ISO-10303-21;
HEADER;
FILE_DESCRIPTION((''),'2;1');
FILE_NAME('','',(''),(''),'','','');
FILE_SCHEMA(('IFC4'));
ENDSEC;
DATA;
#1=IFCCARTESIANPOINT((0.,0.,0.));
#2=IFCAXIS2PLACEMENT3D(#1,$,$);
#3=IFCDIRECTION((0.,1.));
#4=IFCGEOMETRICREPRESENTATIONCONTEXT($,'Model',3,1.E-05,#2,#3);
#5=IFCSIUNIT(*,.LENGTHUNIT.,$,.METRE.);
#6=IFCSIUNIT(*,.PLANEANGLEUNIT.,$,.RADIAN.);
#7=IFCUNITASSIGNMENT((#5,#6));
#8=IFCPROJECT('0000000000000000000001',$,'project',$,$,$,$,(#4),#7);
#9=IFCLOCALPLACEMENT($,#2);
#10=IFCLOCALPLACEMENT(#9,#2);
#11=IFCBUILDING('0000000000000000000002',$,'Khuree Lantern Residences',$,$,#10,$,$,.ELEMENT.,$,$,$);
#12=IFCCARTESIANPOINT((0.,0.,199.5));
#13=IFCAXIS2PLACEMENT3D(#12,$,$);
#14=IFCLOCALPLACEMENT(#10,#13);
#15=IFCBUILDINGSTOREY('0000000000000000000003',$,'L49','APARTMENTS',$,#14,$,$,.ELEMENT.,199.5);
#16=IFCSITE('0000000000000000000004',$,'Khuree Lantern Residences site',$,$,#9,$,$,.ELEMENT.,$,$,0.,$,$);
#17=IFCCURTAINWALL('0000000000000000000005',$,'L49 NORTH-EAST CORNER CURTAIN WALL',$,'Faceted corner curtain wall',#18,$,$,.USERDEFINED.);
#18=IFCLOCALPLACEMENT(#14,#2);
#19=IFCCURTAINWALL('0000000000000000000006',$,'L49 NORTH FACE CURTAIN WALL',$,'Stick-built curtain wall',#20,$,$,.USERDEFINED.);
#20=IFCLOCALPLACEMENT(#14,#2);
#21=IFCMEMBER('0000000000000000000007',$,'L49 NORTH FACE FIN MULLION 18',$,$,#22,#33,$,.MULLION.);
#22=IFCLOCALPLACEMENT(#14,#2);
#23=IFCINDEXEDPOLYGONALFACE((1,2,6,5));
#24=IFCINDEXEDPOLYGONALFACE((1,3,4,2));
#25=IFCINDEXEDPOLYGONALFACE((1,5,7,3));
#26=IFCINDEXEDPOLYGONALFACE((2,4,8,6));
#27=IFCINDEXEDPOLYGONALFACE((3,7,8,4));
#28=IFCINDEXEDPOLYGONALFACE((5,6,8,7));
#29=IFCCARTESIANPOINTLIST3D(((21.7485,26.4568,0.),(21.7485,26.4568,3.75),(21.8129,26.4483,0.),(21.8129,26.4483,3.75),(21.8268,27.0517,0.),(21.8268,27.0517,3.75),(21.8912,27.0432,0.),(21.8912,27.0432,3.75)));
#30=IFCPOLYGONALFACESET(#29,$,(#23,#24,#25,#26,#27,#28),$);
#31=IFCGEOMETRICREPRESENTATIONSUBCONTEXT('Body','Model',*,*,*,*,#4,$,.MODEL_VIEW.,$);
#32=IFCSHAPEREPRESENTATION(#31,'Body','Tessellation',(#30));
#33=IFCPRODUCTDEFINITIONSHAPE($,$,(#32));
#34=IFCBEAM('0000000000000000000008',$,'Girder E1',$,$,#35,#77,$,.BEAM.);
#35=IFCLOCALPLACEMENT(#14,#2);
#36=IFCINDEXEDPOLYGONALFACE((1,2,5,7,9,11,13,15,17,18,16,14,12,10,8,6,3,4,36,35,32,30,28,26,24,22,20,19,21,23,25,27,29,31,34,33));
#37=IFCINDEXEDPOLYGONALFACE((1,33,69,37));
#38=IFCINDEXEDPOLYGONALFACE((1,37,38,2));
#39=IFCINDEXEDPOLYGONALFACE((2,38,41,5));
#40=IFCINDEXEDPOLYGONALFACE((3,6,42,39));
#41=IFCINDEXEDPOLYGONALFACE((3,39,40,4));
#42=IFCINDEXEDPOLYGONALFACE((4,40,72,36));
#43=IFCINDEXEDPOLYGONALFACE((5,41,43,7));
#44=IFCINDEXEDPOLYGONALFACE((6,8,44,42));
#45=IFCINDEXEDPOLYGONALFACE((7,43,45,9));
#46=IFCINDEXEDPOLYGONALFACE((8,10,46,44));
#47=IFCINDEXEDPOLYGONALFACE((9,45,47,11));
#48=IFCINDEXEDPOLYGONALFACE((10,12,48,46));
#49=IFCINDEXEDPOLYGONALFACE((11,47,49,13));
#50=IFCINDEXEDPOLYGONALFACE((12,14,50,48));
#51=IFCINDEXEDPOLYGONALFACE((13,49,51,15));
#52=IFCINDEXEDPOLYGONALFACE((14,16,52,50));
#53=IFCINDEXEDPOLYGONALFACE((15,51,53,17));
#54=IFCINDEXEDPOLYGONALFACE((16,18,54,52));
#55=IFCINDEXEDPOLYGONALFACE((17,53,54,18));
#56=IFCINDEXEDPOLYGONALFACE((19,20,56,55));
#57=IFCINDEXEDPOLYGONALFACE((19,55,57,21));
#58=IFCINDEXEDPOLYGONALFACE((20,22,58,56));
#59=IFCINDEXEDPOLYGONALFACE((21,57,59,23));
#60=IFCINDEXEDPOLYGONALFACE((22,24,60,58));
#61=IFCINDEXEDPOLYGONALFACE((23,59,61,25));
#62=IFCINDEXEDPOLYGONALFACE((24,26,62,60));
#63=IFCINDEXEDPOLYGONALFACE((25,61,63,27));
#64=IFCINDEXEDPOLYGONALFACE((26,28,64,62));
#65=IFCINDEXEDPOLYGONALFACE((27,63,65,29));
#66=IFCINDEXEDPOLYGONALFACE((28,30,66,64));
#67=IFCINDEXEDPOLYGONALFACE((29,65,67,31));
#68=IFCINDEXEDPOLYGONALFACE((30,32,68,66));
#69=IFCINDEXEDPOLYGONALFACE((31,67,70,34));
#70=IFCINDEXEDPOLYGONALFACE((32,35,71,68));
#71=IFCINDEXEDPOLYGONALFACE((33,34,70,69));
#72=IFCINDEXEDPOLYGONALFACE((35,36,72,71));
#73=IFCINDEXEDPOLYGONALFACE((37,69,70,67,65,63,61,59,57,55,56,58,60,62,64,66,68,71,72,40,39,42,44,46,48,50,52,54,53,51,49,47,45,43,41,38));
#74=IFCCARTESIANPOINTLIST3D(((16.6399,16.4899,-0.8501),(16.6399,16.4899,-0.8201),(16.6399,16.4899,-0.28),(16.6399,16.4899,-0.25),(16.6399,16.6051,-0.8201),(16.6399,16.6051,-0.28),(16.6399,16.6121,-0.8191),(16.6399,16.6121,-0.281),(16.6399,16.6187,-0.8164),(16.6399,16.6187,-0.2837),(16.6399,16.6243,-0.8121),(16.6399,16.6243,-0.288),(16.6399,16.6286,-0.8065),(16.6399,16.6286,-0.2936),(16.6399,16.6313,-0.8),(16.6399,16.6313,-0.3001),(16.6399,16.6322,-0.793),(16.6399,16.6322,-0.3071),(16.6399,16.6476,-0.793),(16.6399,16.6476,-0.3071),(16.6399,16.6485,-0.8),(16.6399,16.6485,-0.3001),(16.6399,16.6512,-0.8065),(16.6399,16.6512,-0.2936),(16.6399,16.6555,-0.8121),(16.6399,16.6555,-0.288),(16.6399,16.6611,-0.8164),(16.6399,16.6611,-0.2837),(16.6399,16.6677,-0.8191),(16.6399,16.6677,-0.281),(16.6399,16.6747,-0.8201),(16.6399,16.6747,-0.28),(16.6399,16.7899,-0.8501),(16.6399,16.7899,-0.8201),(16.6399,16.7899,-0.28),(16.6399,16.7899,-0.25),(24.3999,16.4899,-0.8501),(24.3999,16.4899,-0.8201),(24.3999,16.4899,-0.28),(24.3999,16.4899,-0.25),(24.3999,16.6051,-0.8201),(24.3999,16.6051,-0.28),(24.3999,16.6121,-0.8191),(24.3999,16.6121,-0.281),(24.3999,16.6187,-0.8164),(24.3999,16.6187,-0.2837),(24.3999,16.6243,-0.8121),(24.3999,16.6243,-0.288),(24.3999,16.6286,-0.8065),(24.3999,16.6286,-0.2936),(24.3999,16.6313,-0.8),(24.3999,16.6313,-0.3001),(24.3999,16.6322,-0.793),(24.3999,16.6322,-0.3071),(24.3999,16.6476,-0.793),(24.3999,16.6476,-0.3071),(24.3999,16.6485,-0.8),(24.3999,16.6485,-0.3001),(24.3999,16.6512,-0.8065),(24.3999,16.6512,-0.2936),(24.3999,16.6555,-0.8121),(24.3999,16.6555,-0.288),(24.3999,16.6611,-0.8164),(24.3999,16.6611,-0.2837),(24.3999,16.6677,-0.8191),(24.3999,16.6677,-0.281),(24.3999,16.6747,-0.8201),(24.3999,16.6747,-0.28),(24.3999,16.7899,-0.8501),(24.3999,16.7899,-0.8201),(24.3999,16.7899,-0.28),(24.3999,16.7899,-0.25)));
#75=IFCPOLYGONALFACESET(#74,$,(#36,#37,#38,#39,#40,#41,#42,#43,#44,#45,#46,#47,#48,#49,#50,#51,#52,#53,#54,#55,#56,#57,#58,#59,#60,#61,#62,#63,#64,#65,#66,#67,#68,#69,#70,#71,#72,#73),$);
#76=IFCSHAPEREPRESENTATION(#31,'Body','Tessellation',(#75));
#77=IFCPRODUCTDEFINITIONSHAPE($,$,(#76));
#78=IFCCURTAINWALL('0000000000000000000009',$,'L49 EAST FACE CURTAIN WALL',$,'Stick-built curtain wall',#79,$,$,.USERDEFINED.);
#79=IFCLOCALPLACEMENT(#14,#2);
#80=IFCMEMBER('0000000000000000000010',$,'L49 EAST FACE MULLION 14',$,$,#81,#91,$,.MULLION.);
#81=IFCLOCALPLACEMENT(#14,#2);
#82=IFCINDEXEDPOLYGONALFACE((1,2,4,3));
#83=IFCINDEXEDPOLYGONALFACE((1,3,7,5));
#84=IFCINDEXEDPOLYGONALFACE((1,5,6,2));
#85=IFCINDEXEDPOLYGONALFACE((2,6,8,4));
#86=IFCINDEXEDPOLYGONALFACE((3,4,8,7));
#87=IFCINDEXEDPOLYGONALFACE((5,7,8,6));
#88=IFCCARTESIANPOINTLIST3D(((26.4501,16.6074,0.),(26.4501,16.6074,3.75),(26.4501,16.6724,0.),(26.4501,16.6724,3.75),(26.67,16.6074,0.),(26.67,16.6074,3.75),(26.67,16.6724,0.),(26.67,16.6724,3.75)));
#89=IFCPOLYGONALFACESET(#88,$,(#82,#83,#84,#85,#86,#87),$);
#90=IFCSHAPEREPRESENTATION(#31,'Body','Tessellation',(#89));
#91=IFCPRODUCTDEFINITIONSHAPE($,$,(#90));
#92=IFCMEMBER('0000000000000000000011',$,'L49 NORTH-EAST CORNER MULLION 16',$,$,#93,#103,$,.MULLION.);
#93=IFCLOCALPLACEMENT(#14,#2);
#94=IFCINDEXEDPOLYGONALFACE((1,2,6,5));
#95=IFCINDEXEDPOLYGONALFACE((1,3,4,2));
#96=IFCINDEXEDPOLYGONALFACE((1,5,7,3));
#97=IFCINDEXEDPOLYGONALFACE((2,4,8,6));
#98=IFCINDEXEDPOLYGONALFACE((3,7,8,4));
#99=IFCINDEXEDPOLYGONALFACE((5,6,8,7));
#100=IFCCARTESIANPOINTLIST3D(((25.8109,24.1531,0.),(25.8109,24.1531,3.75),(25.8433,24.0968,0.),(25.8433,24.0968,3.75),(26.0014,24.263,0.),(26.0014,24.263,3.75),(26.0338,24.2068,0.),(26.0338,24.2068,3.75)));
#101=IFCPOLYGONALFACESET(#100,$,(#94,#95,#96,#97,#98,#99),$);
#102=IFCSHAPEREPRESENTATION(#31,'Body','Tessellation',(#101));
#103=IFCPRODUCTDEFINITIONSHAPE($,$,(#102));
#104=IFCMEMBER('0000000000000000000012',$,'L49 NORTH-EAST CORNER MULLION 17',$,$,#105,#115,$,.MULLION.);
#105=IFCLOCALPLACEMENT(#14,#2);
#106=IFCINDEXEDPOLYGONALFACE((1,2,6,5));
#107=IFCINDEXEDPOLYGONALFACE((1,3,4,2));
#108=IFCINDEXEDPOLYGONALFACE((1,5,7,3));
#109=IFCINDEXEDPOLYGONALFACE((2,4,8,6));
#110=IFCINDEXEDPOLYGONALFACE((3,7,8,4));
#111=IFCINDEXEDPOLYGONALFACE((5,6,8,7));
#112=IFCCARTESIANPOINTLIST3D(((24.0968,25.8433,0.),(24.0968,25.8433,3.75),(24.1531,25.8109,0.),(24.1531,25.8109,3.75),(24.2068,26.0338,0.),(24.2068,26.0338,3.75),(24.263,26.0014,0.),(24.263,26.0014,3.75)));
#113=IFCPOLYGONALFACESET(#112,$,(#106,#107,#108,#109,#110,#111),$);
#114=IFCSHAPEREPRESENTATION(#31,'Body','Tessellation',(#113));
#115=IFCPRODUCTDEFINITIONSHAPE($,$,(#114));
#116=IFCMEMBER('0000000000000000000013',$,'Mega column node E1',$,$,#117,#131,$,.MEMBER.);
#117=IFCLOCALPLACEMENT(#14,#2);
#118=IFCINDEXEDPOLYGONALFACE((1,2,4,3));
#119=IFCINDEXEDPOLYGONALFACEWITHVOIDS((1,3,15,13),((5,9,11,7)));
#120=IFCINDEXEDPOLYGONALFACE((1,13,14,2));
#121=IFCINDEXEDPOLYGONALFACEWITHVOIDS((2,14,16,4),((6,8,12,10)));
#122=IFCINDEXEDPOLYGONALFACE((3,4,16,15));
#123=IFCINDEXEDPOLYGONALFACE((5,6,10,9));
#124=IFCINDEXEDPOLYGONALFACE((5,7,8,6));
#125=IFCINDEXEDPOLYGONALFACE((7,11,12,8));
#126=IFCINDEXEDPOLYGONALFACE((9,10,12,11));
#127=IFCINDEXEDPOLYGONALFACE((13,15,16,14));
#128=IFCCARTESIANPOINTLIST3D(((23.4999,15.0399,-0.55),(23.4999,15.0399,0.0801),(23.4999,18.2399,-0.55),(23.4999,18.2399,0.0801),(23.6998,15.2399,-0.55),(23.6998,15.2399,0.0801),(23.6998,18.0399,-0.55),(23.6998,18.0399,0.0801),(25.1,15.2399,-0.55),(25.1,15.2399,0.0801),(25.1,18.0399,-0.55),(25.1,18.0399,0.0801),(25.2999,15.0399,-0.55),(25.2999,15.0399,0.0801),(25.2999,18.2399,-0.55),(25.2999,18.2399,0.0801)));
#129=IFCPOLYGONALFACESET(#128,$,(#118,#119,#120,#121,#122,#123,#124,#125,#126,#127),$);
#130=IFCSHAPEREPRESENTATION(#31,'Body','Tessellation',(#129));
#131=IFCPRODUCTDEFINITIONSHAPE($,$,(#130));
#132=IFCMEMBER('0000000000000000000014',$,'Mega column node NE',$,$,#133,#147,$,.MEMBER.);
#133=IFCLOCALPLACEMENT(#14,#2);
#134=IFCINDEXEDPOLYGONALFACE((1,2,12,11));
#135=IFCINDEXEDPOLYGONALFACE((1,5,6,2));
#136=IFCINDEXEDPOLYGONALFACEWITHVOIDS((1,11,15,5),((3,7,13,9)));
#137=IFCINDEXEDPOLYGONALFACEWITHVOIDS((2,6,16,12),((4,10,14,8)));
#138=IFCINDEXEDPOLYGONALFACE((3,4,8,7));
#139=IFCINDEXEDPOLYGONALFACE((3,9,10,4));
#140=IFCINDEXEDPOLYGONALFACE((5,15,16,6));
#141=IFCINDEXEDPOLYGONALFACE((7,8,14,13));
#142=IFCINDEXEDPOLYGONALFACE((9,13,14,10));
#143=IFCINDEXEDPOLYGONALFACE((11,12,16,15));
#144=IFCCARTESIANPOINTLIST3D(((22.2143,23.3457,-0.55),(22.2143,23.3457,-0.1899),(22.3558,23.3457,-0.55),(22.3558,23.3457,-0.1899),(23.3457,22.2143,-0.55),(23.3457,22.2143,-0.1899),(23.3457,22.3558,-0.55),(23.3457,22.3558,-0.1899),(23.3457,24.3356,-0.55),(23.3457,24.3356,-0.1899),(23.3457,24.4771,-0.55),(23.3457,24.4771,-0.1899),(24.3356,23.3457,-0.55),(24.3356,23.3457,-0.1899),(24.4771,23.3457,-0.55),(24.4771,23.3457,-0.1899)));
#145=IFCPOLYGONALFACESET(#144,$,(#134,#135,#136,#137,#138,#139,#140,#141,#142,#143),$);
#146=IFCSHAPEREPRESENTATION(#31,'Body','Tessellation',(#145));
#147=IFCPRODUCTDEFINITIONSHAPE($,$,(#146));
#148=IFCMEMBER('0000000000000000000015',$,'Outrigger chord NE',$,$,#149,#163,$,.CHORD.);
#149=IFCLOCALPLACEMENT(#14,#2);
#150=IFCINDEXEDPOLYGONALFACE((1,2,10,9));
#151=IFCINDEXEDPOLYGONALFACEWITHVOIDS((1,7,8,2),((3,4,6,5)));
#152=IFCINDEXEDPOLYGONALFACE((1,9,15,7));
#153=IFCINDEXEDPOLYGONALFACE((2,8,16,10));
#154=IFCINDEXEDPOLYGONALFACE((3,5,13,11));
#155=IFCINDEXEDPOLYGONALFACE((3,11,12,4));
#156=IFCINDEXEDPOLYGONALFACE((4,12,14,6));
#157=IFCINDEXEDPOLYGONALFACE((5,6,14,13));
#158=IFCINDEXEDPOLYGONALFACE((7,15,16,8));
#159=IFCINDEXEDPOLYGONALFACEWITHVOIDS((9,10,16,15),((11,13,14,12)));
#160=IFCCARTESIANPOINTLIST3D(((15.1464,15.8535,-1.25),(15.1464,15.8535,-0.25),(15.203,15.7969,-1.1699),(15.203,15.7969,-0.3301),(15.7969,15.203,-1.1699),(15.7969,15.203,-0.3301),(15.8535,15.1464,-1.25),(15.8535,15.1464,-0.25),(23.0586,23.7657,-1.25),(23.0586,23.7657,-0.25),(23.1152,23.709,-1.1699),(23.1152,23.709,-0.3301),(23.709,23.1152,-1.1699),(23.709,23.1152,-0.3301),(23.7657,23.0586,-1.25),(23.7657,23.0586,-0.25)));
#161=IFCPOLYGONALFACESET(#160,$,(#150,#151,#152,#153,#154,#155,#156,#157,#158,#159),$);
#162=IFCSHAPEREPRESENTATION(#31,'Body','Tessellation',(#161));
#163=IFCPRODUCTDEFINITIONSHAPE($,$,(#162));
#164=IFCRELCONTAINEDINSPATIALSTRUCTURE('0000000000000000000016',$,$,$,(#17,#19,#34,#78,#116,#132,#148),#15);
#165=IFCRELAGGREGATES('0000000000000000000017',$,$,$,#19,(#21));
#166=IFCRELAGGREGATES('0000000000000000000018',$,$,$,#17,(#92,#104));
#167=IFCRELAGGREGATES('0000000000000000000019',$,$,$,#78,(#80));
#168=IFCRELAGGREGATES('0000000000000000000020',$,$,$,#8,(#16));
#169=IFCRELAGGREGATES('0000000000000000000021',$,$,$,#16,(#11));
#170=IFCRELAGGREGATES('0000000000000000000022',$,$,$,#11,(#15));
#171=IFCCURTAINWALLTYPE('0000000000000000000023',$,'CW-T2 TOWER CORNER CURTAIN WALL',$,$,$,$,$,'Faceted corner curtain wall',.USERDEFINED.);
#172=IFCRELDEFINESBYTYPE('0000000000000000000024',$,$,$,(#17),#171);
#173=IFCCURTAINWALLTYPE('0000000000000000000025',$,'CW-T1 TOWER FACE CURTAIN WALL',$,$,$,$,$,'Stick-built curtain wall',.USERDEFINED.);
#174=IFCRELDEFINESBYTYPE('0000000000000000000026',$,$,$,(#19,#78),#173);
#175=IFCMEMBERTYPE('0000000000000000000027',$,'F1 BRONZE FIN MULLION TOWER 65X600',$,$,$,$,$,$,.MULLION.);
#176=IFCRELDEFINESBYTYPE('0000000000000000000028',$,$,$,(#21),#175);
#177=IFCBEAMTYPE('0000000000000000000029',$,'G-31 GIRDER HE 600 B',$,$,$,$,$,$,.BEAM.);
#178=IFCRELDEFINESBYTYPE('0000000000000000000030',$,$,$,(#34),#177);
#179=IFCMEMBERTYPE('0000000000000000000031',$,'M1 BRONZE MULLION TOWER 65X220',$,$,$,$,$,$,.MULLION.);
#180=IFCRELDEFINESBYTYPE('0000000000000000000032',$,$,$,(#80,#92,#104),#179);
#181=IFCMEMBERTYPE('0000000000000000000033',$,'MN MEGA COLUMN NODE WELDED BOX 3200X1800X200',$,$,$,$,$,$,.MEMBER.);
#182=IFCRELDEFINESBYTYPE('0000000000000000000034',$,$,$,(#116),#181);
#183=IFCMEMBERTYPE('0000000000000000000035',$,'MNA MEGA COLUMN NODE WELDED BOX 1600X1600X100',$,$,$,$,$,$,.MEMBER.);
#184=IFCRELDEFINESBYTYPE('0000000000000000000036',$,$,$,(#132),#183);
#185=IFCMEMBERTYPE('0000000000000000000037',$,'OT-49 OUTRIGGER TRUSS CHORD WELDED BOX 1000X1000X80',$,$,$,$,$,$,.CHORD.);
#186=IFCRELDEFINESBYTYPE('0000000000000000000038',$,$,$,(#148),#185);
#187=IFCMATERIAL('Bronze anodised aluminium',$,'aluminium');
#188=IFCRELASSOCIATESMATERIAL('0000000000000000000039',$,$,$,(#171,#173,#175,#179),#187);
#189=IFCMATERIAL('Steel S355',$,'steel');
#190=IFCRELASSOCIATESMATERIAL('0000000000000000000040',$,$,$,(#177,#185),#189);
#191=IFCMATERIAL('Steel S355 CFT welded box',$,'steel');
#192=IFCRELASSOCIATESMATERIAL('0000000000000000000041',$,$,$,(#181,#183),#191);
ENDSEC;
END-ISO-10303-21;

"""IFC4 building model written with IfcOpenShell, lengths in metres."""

from ifc_helpers import new_model, si_unit, direction, frame, origin, origin_2d, place, context, subcontext, project, spatial, rectangle, hollow_rectangle, i_section, extrude, material, material_profile, profile_set, type_object, element, aggregate, save


model = new_model("IFC4")

# Units and contexts
model_context = context("Model", 3, precision=1e-05, world=origin(), true_north=direction((0.0, 1.0)))
body_context = subcontext(model_context, "Body", "Model", "MODEL_VIEW")
ifc_project = project(units=[si_unit("LENGTHUNIT", "METRE"), si_unit("PLANEANGLEUNIT", "RADIAN")], contexts=[model_context])

# Site, building, storey
site_placement = place(None, origin())
site = spatial("IfcSite", under=ifc_project, at=site_placement, Name="Khuree Lantern Residences site", CompositionType="ELEMENT", RefElevation=0.0)
building_placement = place(site_placement, origin())
building = spatial("IfcBuilding", under=site, at=building_placement, Name="Khuree Lantern Residences", CompositionType="ELEMENT")
storey_placement = place(building_placement, frame((0.0, 0.0, 199.5)))
storey = spatial("IfcBuildingStorey", under=building, at=storey_placement, Name="L49", Description="APARTMENTS", CompositionType="ELEMENT", Elevation=199.5)

# Shared definitions
ifc_material_1 = material(Name="Steel S355 CFT welded box", Category="steel")

# Shared definitions
ifc_material_2 = material(Name="Steel S355", Category="steel")

# Curtain walls, member
ifc_material_3 = material(Name="Bronze anodised aluminium", Category="aluminium")
curtain_wall_type_1 = type_object("IfcCurtainWallType", Name="CW-T2 TOWER CORNER CURTAIN WALL", ElementType="Faceted corner curtain wall", PredefinedType="USERDEFINED", material=ifc_material_3)
curtain_wall_1_placement = place(storey_placement, origin())
curtain_wall_1 = element("IfcCurtainWall", 1, at=curtain_wall_1_placement, inside=storey, type_object=curtain_wall_type_1, Name="L49 NORTH-EAST CORNER CURTAIN WALL", ObjectType="Faceted corner curtain wall", PredefinedType="USERDEFINED")
ifc_material_profile_1 = material_profile(ifc_material_3, rectangle(XDim=0.0649, YDim=0.6001, at=origin_2d()), Name="F1 65X600")
ifc_profile_set_1 = profile_set([ifc_material_profile_1], Name="Bronze anodised aluminium")
member_type_1 = type_object("IfcMemberType", Name="F1 BRONZE FIN MULLION TOWER 65X600", PredefinedType="MULLION", material=ifc_profile_set_1)
curtain_wall_type_2 = type_object("IfcCurtainWallType", Name="CW-T1 TOWER FACE CURTAIN WALL", ElementType="Stick-built curtain wall", PredefinedType="USERDEFINED", material=ifc_material_3)
curtain_wall_2_placement = place(storey_placement, origin())
curtain_wall_2 = element("IfcCurtainWall", 2, at=curtain_wall_2_placement, inside=storey, type_object=curtain_wall_type_2, Name="L49 NORTH FACE CURTAIN WALL", ObjectType="Stick-built curtain wall", PredefinedType="USERDEFINED")
member_1_placement = place(storey_placement, frame((21.8198, 26.75, 0.0), z_axis=(0.0, 0.0, 1.0), x_axis=(-0.991445, 0.130526, 0.0)))
member_1 = element("IfcMember", 3, at=member_1_placement, type_object=member_type_1, Name="L49 NORTH FACE FIN MULLION 18", PredefinedType="MULLION", context=body_context, shape_type="SweptSolid", body=[
    extrude(rectangle(XDim=0.0649, YDim=0.6001, at=origin_2d()), origin(), (0.0, 0.0, 1.0), 3.75),
])

# Beam
ifc_material_profile_2 = material_profile(ifc_material_2, i_section(OverallWidth=0.3, OverallDepth=0.6001, WebThickness=0.0154, FlangeThickness=0.03, FilletRadius=0.0271, at=origin_2d()), Name="HE 600 B")
ifc_profile_set_2 = profile_set([ifc_material_profile_2], Name="Steel S355")
beam_type_1 = type_object("IfcBeamType", Name="G-31 GIRDER HE 600 B", PredefinedType="BEAM", material=ifc_profile_set_2)
beam_1_placement = place(storey_placement, frame((24.3999, 16.6399, -0.55), z_axis=(-1.0, 0.0, 0.0), x_axis=(0.0, -1.0, 0.0)))
element("IfcBeam", 4, at=beam_1_placement, inside=storey, type_object=beam_type_1, Name="Girder E1", PredefinedType="BEAM", context=body_context, shape_type="SweptSolid", body=[
    extrude(i_section(OverallWidth=0.3, OverallDepth=0.6001, WebThickness=0.0154, FlangeThickness=0.03, FilletRadius=0.0271, at=origin_2d()), origin(), (0.0, 0.0, 1.0), 7.76),
])

# Curtain wall, member
curtain_wall_3_placement = place(storey_placement, origin())
curtain_wall_3 = element("IfcCurtainWall", 5, at=curtain_wall_3_placement, inside=storey, type_object=curtain_wall_type_2, Name="L49 EAST FACE CURTAIN WALL", ObjectType="Stick-built curtain wall", PredefinedType="USERDEFINED")
ifc_material_profile_3 = material_profile(ifc_material_3, rectangle(XDim=0.0649, YDim=0.22, at=origin_2d()), Name="M1 65X220")
ifc_profile_set_3 = profile_set([ifc_material_profile_3], Name="Bronze anodised aluminium")
member_type_2 = type_object("IfcMemberType", Name="M1 BRONZE MULLION TOWER 65X220", PredefinedType="MULLION", material=ifc_profile_set_3)
member_2_placement = place(storey_placement, frame((26.5601, 16.6399, 0.0), z_axis=(0.0, 0.0, 1.0), x_axis=(0.0, 1.0, 0.0)))
member_2 = element("IfcMember", 6, at=member_2_placement, type_object=member_type_2, Name="L49 EAST FACE MULLION 14", PredefinedType="MULLION", context=body_context, shape_type="SweptSolid", body=[
    extrude(rectangle(XDim=0.0649, YDim=0.22, at=origin_2d()), origin(), (0.0, 0.0, 1.0), 3.75),
])

# Members
member_3_placement = place(storey_placement, frame((25.9224, 24.1799, 0.0), z_axis=(0.0, 0.0, 1.0), x_axis=(-0.5, 0.866025, 0.0)))
member_3 = element("IfcMember", 7, at=member_3_placement, type_object=member_type_2, Name="L49 NORTH-EAST CORNER MULLION 16", PredefinedType="MULLION", context=body_context, shape_type="SweptSolid", body=[
    extrude(rectangle(XDim=0.0649, YDim=0.22, at=origin_2d()), origin(), (0.0, 0.0, 1.0), 3.75),
])
member_4_placement = place(storey_placement, frame((24.1799, 25.9224, 0.0), z_axis=(0.0, 0.0, 1.0), x_axis=(-0.866025, 0.5, 0.0)))
member_4 = element("IfcMember", 8, at=member_4_placement, type_object=member_type_2, Name="L49 NORTH-EAST CORNER MULLION 17", PredefinedType="MULLION", context=body_context, shape_type="SweptSolid", body=[
    extrude(rectangle(XDim=0.0649, YDim=0.22, at=origin_2d()), origin(), (0.0, 0.0, 1.0), 3.75),
])

# Members
ifc_material_profile_4 = material_profile(ifc_material_1, hollow_rectangle(XDim=3.2, YDim=1.8, WallThickness=0.2, at=origin_2d()), Name="WELDED BOX 3200X1800X200")
ifc_profile_set_4 = profile_set([ifc_material_profile_4], Name="Steel S355 CFT welded box")
member_type_3 = type_object("IfcMemberType", Name="MN MEGA COLUMN NODE WELDED BOX 3200X1800X200", PredefinedType="MEMBER", material=ifc_profile_set_4)
member_5_placement = place(storey_placement, frame((24.3999, 16.6399, -0.55), z_axis=(0.0, 0.0, 1.0), x_axis=(0.0, 1.0, 0.0)))
element("IfcMember", 9, at=member_5_placement, inside=storey, type_object=member_type_3, Name="Mega column node E1", PredefinedType="MEMBER", context=body_context, shape_type="SweptSolid", body=[
    extrude(hollow_rectangle(XDim=3.2, YDim=1.8, WallThickness=0.2, at=origin_2d()), origin(), (0.0, 0.0, 1.0), 0.6301),
])
ifc_material_profile_5 = material_profile(ifc_material_1, hollow_rectangle(XDim=1.6001, YDim=1.6001, WallThickness=0.1001, at=origin_2d()), Name="WELDED BOX 1600X1600X100")
ifc_profile_set_5 = profile_set([ifc_material_profile_5], Name="Steel S355 CFT welded box")
member_type_4 = type_object("IfcMemberType", Name="MNA MEGA COLUMN NODE WELDED BOX 1600X1600X100", PredefinedType="MEMBER", material=ifc_profile_set_5)
member_6_placement = place(storey_placement, frame((23.3457, 23.3457, -0.55), z_axis=(0.0, 0.0, 1.0), x_axis=(0.707107, -0.707107, 0.0)))
element("IfcMember", 10, at=member_6_placement, inside=storey, type_object=member_type_4, Name="Mega column node NE", PredefinedType="MEMBER", context=body_context, shape_type="SweptSolid", body=[
    extrude(hollow_rectangle(XDim=1.6001, YDim=1.6001, WallThickness=0.1001, at=origin_2d()), origin(), (0.0, 0.0, 1.0), 0.3601),
])
ifc_material_profile_6 = material_profile(ifc_material_2, hollow_rectangle(XDim=1.0, YDim=1.0, WallThickness=0.0801, at=origin_2d()), Name="WELDED BOX 1000X1000X80")
ifc_profile_set_6 = profile_set([ifc_material_profile_6], Name="Steel S355")
member_type_5 = type_object("IfcMemberType", Name="OT-49 OUTRIGGER TRUSS CHORD WELDED BOX 1000X1000X80", PredefinedType="CHORD", material=ifc_profile_set_6)
member_7_placement = place(storey_placement, frame((23.4121, 23.4121, -0.75), z_axis=(-0.707107, -0.707107, 0.0), x_axis=(0.707107, -0.707107, 0.0)))
element("IfcMember", 11, at=member_7_placement, inside=storey, type_object=member_type_5, Name="Outrigger chord NE", PredefinedType="CHORD", context=body_context, shape_type="SweptSolid", body=[
    extrude(hollow_rectangle(XDim=1.0, YDim=1.0, WallThickness=0.0801, at=origin_2d()), origin(), (0.0, 0.0, 1.0), 11.1895),
])

aggregate(curtain_wall_2, [member_1])

aggregate(curtain_wall_1, [member_3, member_4])
aggregate(curtain_wall_3, [member_2])

save(model, "model.ifc")
